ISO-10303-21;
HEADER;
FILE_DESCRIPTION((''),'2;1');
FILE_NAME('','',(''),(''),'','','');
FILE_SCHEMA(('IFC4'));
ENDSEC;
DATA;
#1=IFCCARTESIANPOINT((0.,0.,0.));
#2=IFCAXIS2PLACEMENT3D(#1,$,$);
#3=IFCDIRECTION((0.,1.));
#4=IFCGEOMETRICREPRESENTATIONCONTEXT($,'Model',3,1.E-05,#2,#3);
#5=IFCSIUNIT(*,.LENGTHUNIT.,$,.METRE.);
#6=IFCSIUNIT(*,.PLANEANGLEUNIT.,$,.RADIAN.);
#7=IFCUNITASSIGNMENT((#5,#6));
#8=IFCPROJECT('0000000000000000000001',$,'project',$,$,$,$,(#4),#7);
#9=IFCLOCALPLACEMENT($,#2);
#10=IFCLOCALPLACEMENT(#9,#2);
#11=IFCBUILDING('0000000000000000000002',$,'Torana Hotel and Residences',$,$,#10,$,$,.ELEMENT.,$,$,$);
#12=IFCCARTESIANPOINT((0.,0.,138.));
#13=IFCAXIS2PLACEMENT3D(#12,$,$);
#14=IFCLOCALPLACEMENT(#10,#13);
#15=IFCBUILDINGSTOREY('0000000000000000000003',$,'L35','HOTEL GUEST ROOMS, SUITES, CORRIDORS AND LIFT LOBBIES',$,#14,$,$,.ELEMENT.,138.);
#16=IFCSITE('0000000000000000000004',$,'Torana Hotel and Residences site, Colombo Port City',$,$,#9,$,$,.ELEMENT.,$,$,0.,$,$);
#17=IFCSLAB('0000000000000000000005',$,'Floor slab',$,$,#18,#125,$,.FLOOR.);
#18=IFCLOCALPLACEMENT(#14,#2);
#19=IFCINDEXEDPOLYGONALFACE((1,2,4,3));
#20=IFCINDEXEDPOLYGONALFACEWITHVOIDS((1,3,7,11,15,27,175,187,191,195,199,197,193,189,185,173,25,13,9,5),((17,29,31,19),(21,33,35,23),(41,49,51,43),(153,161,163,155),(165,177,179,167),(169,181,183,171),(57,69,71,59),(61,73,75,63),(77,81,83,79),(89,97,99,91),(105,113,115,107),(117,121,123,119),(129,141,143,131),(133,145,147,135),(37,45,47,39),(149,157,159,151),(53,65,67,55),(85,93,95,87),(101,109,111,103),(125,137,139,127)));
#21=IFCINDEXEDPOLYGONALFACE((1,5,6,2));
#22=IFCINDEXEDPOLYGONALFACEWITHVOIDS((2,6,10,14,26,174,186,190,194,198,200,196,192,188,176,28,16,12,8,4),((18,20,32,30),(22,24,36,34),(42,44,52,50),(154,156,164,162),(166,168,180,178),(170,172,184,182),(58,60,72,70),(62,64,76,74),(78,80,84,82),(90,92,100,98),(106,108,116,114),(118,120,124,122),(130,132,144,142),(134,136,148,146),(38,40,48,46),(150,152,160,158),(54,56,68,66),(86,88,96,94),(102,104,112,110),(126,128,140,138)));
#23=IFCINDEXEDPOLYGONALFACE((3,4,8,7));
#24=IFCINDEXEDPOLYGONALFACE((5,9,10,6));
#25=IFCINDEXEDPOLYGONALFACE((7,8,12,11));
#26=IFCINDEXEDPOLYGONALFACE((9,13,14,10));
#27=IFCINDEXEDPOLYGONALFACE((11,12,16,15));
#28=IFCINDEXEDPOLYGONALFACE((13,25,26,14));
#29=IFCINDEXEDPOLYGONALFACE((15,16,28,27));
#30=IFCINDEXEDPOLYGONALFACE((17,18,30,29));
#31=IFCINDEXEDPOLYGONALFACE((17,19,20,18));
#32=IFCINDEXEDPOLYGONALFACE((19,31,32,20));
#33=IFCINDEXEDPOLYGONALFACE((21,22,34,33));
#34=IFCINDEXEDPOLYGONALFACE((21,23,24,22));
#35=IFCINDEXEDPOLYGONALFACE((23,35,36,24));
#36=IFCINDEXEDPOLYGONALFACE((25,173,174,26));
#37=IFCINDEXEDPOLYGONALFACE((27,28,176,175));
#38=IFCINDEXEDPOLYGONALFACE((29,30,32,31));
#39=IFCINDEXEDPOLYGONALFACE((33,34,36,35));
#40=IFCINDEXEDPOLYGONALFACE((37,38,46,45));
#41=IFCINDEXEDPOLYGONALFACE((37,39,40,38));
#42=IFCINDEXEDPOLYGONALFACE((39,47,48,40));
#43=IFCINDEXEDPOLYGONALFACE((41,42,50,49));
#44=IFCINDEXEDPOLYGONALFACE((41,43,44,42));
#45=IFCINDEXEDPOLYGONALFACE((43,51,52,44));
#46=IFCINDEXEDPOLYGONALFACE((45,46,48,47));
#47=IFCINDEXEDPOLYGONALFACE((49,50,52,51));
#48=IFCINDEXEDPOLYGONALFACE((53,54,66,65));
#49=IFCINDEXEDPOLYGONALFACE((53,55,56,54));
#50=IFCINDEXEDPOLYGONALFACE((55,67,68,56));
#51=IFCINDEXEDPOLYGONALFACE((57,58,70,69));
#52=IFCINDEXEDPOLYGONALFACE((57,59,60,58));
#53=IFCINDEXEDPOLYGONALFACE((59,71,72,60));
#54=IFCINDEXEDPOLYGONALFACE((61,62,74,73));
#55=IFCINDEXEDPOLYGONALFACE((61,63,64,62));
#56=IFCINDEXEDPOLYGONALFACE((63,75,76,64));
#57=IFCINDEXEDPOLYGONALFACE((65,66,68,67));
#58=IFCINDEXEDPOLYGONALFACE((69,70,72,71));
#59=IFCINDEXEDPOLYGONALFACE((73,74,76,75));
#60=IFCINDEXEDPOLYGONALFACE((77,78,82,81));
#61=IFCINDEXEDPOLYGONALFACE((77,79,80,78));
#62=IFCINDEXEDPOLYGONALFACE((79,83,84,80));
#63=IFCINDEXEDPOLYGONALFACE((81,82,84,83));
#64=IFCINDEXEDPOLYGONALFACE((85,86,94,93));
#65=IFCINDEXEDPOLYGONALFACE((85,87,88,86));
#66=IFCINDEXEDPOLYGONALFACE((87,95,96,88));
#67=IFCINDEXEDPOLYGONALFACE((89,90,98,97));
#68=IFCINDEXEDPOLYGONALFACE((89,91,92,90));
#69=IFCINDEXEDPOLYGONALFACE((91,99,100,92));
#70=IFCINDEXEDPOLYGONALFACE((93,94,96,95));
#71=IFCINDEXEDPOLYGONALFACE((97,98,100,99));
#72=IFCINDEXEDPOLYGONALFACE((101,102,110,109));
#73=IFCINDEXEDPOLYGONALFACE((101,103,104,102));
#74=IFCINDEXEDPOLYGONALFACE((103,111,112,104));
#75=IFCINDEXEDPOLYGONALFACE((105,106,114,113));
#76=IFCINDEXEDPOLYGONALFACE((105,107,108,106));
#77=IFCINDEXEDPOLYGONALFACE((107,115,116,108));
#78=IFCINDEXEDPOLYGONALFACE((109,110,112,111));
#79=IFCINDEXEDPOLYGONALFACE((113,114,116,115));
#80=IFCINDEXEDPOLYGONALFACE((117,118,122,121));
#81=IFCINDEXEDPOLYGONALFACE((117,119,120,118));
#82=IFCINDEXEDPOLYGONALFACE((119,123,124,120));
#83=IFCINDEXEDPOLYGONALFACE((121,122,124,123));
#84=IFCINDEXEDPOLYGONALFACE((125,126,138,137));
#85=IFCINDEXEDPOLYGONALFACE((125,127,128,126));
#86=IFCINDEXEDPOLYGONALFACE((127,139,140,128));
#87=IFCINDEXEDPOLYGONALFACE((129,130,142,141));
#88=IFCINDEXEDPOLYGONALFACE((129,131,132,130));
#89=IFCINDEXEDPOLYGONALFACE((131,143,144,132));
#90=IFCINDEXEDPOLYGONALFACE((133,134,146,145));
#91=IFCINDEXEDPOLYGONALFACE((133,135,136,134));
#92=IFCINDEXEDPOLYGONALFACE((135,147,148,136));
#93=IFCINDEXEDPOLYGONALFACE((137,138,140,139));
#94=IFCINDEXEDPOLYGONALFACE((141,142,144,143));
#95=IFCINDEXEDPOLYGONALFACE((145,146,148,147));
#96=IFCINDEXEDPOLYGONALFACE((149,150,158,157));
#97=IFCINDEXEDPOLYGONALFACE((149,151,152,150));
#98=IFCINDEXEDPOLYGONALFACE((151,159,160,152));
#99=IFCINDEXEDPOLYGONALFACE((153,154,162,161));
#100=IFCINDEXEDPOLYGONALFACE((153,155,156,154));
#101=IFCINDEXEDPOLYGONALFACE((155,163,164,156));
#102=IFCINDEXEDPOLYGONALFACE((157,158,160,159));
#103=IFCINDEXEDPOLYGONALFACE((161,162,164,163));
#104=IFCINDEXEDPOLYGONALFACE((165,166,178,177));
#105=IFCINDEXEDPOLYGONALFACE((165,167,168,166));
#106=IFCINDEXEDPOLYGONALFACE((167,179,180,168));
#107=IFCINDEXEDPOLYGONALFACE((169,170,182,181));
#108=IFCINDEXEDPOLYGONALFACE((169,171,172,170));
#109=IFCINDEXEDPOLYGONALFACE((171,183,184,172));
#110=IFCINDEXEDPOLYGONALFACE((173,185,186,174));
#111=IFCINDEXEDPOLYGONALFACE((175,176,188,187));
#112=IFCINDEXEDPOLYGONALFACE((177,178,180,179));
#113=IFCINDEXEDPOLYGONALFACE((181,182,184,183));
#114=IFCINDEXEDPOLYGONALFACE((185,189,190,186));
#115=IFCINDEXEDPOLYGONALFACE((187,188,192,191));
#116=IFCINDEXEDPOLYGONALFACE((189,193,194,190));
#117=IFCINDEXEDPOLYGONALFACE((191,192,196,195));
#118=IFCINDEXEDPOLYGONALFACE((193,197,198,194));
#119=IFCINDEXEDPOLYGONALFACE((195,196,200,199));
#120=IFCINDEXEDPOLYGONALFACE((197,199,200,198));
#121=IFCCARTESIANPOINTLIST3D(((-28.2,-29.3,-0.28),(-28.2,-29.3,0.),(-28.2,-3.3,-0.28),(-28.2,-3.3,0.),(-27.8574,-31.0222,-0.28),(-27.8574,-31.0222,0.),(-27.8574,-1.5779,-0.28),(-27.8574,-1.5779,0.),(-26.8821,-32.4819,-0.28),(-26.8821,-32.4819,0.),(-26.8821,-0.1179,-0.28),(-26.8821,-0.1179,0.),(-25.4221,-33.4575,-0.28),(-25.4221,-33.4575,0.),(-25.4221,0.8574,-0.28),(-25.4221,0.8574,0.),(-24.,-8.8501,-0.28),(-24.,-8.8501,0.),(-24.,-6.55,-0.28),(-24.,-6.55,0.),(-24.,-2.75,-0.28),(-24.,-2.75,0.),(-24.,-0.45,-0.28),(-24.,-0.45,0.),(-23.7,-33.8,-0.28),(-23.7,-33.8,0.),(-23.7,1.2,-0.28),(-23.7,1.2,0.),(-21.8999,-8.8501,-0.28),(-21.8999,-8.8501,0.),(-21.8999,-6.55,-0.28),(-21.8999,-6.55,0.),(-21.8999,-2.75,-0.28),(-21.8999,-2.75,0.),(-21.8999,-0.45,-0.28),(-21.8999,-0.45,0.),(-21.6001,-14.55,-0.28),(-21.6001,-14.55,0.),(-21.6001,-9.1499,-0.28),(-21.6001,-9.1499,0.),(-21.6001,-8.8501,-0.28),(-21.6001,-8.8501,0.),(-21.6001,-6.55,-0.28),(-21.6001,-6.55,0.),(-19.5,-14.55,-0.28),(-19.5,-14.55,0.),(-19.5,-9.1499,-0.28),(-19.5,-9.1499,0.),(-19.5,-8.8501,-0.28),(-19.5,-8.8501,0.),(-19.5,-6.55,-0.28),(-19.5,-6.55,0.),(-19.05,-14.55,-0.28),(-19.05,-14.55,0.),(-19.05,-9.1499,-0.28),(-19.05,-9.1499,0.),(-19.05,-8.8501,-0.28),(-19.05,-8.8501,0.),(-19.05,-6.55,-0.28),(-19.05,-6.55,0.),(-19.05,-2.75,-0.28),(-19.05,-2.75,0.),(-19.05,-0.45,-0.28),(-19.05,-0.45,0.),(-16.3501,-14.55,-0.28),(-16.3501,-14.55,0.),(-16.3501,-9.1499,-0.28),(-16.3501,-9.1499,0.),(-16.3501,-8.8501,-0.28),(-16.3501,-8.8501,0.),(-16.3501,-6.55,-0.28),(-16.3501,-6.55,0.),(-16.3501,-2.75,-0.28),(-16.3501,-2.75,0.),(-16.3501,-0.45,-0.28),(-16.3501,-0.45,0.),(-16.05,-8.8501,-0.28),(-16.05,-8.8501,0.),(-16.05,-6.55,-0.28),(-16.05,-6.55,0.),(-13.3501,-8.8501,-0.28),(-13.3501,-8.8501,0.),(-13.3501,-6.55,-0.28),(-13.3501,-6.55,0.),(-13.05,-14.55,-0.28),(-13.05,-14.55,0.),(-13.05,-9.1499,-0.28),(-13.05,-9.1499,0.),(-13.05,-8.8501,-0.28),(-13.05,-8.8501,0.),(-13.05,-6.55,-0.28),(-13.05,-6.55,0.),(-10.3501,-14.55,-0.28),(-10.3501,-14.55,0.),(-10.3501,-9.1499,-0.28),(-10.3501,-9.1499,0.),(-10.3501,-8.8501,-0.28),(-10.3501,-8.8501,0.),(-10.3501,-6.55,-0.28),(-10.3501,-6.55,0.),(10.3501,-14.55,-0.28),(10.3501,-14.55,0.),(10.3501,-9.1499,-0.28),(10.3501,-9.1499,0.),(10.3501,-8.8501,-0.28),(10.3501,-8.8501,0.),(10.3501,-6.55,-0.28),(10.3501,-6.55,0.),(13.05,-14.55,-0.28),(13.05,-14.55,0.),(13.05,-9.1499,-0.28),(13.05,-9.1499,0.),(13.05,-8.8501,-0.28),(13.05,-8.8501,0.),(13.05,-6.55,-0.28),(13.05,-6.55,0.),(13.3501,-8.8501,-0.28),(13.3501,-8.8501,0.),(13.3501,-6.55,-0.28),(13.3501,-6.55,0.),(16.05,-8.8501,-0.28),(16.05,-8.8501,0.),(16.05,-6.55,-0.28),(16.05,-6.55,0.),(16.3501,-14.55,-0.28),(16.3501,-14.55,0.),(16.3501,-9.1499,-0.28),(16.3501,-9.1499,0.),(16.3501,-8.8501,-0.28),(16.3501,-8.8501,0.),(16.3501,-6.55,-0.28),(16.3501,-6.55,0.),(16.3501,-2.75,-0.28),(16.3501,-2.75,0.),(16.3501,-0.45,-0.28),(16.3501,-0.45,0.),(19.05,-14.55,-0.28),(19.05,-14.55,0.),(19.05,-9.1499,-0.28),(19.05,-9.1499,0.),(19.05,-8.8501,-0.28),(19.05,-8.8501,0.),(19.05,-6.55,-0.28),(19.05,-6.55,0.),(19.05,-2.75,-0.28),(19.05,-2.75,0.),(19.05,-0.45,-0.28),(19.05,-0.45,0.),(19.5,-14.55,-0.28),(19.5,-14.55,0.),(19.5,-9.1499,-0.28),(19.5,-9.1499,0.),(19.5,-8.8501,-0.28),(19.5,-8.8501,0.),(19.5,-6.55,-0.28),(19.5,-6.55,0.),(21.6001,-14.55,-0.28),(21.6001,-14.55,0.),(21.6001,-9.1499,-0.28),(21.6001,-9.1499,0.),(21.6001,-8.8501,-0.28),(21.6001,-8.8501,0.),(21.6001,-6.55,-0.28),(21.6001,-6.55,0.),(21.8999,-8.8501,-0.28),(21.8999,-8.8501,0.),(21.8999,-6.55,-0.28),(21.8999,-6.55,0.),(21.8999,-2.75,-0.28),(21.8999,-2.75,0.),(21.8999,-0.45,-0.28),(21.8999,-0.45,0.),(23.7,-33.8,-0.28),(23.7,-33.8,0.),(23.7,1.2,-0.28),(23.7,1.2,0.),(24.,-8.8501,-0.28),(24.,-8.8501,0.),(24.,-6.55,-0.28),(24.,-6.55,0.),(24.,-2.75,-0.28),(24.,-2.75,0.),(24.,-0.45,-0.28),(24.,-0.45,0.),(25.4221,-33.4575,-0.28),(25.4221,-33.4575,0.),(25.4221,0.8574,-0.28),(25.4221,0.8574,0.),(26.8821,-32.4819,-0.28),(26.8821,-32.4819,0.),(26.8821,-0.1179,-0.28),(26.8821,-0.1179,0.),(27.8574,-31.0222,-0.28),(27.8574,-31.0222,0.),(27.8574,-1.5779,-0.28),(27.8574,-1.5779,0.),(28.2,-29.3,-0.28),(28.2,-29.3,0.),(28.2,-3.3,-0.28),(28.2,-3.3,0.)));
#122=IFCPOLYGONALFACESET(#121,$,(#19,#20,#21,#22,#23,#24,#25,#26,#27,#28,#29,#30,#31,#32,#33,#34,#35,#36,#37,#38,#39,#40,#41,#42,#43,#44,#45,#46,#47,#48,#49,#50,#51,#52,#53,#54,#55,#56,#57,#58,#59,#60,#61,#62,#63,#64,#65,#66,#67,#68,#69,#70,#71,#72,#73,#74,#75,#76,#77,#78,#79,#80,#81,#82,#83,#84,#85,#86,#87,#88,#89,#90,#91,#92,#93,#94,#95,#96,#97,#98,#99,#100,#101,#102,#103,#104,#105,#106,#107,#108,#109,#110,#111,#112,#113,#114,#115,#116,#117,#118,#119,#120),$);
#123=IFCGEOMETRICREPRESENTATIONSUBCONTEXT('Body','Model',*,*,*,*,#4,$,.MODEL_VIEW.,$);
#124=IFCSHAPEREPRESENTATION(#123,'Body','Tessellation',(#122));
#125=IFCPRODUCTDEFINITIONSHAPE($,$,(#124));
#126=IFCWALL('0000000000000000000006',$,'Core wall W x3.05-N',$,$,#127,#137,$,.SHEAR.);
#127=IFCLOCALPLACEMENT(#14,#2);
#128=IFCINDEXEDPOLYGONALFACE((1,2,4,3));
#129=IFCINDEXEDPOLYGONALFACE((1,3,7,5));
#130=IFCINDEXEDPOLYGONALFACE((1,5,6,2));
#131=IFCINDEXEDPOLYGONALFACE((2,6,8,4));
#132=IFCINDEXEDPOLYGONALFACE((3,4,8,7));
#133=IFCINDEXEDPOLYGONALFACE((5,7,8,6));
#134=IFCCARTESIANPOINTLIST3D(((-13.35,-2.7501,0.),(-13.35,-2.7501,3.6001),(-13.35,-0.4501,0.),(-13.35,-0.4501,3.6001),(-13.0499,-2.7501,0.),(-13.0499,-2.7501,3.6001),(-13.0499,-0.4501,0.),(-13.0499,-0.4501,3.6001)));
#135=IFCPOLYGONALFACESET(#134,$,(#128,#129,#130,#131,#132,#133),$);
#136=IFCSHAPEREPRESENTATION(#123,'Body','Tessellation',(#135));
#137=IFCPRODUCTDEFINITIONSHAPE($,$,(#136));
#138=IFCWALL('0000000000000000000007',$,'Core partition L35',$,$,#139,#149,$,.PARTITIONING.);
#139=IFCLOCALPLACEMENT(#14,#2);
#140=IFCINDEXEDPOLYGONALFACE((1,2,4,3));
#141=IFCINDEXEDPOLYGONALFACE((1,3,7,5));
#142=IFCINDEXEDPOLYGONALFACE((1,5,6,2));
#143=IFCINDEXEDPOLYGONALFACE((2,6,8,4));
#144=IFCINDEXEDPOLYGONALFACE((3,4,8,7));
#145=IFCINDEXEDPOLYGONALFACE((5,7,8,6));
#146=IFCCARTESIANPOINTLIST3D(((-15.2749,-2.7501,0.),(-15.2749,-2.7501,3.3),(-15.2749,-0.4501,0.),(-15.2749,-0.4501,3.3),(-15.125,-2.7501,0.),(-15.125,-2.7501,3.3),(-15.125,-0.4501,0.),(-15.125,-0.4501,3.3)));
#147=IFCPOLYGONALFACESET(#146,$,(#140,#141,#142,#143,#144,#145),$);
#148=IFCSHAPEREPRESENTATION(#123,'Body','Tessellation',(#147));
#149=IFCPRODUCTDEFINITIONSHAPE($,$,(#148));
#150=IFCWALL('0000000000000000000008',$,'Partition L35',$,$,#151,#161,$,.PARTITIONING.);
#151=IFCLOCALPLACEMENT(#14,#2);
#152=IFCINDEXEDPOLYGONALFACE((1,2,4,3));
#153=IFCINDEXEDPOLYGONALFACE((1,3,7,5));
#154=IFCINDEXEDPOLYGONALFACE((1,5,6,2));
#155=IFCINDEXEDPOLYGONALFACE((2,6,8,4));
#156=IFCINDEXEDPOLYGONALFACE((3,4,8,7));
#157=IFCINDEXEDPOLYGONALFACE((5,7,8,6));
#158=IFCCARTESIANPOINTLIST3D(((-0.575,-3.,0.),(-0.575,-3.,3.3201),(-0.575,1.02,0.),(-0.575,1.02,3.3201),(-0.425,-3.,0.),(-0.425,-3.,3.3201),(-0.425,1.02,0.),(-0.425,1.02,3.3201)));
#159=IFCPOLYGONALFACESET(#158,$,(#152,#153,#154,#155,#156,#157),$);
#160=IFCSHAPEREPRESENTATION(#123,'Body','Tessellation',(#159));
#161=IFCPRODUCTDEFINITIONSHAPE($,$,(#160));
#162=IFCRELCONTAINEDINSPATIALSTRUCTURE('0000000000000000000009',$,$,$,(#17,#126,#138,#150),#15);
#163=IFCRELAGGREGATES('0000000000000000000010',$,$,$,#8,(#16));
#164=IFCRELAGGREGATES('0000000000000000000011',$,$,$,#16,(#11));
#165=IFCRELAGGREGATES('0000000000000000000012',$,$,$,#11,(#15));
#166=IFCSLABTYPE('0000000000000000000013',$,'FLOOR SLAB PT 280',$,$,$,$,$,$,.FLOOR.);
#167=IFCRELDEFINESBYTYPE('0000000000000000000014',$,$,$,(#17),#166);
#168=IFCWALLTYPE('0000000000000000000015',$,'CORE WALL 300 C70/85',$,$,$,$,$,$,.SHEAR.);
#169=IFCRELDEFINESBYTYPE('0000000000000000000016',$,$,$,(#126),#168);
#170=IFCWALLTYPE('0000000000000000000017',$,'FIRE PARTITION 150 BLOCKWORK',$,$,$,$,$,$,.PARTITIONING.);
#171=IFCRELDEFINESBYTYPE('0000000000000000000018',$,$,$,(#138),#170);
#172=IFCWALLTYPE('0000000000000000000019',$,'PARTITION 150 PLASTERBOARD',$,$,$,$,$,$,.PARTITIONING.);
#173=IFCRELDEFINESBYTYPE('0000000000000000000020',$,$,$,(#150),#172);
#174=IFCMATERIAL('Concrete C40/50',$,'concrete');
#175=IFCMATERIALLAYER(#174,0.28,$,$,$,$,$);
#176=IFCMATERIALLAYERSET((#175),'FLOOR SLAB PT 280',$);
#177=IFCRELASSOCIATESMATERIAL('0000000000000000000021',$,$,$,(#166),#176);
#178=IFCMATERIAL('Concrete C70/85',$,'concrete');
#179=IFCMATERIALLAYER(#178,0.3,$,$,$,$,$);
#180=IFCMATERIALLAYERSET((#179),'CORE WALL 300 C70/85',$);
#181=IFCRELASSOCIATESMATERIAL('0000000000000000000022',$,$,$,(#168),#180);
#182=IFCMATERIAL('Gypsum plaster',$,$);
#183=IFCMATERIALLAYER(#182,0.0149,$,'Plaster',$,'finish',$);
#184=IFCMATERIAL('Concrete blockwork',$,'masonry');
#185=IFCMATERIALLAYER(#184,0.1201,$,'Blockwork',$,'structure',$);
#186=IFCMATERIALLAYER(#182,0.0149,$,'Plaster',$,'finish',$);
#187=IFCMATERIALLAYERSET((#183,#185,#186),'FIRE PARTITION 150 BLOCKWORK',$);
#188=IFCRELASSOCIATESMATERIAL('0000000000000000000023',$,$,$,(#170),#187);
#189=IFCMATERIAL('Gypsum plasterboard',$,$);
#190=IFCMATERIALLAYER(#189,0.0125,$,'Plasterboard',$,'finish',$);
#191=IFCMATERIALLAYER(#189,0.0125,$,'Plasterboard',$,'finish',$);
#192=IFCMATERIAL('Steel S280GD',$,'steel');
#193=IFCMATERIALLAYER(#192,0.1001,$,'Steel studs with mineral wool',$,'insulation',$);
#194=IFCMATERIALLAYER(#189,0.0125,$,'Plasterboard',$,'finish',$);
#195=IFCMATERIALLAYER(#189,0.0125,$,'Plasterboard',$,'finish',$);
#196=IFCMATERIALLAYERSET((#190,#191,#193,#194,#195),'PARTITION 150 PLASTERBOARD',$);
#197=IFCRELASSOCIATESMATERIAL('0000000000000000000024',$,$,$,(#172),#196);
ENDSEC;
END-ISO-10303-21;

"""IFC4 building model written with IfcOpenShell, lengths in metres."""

from ifc_helpers import new_model, si_unit, direction, frame, frame_2d, origin, place, context, subcontext, project, spatial, polyline, rectangle, outline, extrude, material, layer, layer_set, type_object, element, save


model = new_model("IFC4")

# Units and contexts
model_context = context("Model", 3, precision=1e-05, world=origin(), true_north=direction((0.0, 1.0)))
body_context = subcontext(model_context, "Body", "Model", "MODEL_VIEW")
ifc_project = project(units=[si_unit("LENGTHUNIT", "METRE"), si_unit("PLANEANGLEUNIT", "RADIAN")], contexts=[model_context])

# Site, building, storey
site_placement = place(None, origin())
site = spatial("IfcSite", under=ifc_project, at=site_placement, Name="Torana Hotel and Residences site, Colombo Port City", CompositionType="ELEMENT", RefElevation=0.0)
building_placement = place(site_placement, origin())
building = spatial("IfcBuilding", under=site, at=building_placement, Name="Torana Hotel and Residences", CompositionType="ELEMENT")
storey_placement = place(building_placement, frame((0.0, 0.0, 138.0)))
storey = spatial("IfcBuildingStorey", under=building, at=storey_placement, Name="L35", Description="HOTEL GUEST ROOMS, SUITES, CORRIDORS AND LIFT LOBBIES", CompositionType="ELEMENT", Elevation=138.0)

# Slab
ifc_material_1 = material(Name="Concrete C40/50", Category="concrete")
ifc_layer_1 = layer(ifc_material_1, 0.28)
ifc_layer_set_1 = layer_set([ifc_layer_1], Name="FLOOR SLAB PT 280")
slab_type_1 = type_object("IfcSlabType", Name="FLOOR SLAB PT 280", PredefinedType="FLOOR", material=ifc_layer_set_1)
slab_1_placement = place(storey_placement, frame((0.0, 0.0, -0.28)))
element("IfcSlab", 1, at=slab_1_placement, inside=storey, type_object=slab_type_1, Name="Floor slab", PredefinedType="FLOOR", context=body_context, shape_type="SweptSolid", body=[
    extrude(outline(polyline([(28.2, -3.3), (27.8574, -1.5779), (26.8821, -0.1179), (25.4221, 0.8574), (23.7, 1.2), (-23.7, 1.2), (-25.4221, 0.8574), (-26.8821, -0.1179), (-27.8574, -1.5779), (-28.2, -3.3), (-28.2, -29.3), (-27.8574, -31.0222), (-26.8821, -32.4819), (-25.4221, -33.4575), (-23.7, -33.8), (23.7, -33.8), (25.4221, -33.4575), (26.8821, -32.4819), (27.8574, -31.0222), (28.2, -29.3), (28.2, -3.3)]), holes=[polyline([(-13.05, -14.55), (-10.3501, -14.55), (-10.3501, -9.1499), (-13.05, -9.1499), (-13.05, -14.55)]), polyline([(-19.05, -14.55), (-16.3501, -14.55), (-16.3501, -9.1499), (-19.05, -9.1499), (-19.05, -14.55)]), polyline([(-19.05, -2.75), (-16.3501, -2.75), (-16.3501, -0.45), (-19.05, -0.45), (-19.05, -2.75)]), polyline([(-21.6001, -8.8501), (-19.5, -8.8501), (-19.5, -6.55), (-21.6001, -6.55), (-21.6001, -8.8501)]), polyline([(-24.0, -2.75), (-21.8999, -2.75), (-21.8999, -0.45), (-24.0, -0.45), (-24.0, -2.75)]), polyline([(-24.0, -8.8501), (-21.8999, -8.8501), (-21.8999, -6.55), (-24.0, -6.55), (-24.0, -8.8501)]), polyline([(-13.05, -8.8501), (-10.3501, -8.8501), (-10.3501, -6.55), (-13.05, -6.55), (-13.05, -8.8501)]), polyline([(-16.05, -8.8501), (-13.3501, -8.8501), (-13.3501, -6.55), (-16.05, -6.55), (-16.05, -8.8501)]), polyline([(-19.05, -8.8501), (-16.3501, -8.8501), (-16.3501, -6.55), (-19.05, -6.55), (-19.05, -8.8501)]), polyline([(-21.6001, -14.55), (-19.5, -14.55), (-19.5, -9.1499), (-21.6001, -9.1499), (-21.6001, -14.55)]), polyline([(10.3501, -14.55), (13.05, -14.55), (13.05, -9.1499), (10.3501, -9.1499), (10.3501, -14.55)]), polyline([(16.3501, -14.55), (19.05, -14.55), (19.05, -9.1499), (16.3501, -9.1499), (16.3501, -14.55)]), polyline([(16.3501, -2.75), (19.05, -2.75), (19.05, -0.45), (16.3501, -0.45), (16.3501, -2.75)]), polyline([(19.5, -8.8501), (21.6001, -8.8501), (21.6001, -6.55), (19.5, -6.55), (19.5, -8.8501)]), polyline([(21.8999, -2.75), (24.0, -2.75), (24.0, -0.45), (21.8999, -0.45), (21.8999, -2.75)]), polyline([(21.8999, -8.8501), (24.0, -8.8501), (24.0, -6.55), (21.8999, -6.55), (21.8999, -8.8501)]), polyline([(10.3501, -8.8501), (13.05, -8.8501), (13.05, -6.55), (10.3501, -6.55), (10.3501, -8.8501)]), polyline([(13.3501, -8.8501), (16.05, -8.8501), (16.05, -6.55), (13.3501, -6.55), (13.3501, -8.8501)]), polyline([(16.3501, -8.8501), (19.05, -8.8501), (19.05, -6.55), (16.3501, -6.55), (16.3501, -8.8501)]), polyline([(19.5, -14.55), (21.6001, -14.55), (21.6001, -9.1499), (19.5, -9.1499), (19.5, -14.55)])]), origin(), (0.0, 0.0, 1.0), 0.28),
])

# Walls
ifc_material_2 = material(Name="Concrete C70/85", Category="concrete")
ifc_layer_2 = layer(ifc_material_2, 0.3)
ifc_layer_set_2 = layer_set([ifc_layer_2], Name="CORE WALL 300 C70/85")
wall_type_1 = type_object("IfcWallType", Name="CORE WALL 300 C70/85", PredefinedType="SHEAR", material=ifc_layer_set_2)
wall_1_placement = place(storey_placement, frame((-13.2, -2.75, 0.0), z_axis=(0.0, 0.0, 1.0), x_axis=(0.0, 1.0, 0.0)))
element("IfcWall", 2, at=wall_1_placement, inside=storey, type_object=wall_type_1, Name="Core wall W x3.05-N", PredefinedType="SHEAR", context=body_context, shape_type="SweptSolid", body=[
    extrude(rectangle(XDim=2.3, YDim=0.3, at=frame_2d((1.1499, 0.0))), origin(), (0.0, 0.0, 1.0), 3.6001),
])
ifc_material_3 = material(Name="Gypsum plaster")
ifc_layer_3 = layer(ifc_material_3, 0.0149, Name="Plaster", Category="finish")
ifc_material_4 = material(Name="Concrete blockwork", Category="masonry")
ifc_layer_4 = layer(ifc_material_4, 0.1201, Name="Blockwork", Category="structure")
ifc_layer_5 = layer(ifc_material_3, 0.0149, Name="Plaster", Category="finish")
ifc_layer_set_3 = layer_set([ifc_layer_3, ifc_layer_4, ifc_layer_5], Name="FIRE PARTITION 150 BLOCKWORK")
wall_type_2 = type_object("IfcWallType", Name="FIRE PARTITION 150 BLOCKWORK", PredefinedType="PARTITIONING", material=ifc_layer_set_3)
wall_2_placement = place(storey_placement, frame((-15.2, -2.75, 0.0), z_axis=(0.0, 0.0, 1.0), x_axis=(0.0, 1.0, 0.0)))
element("IfcWall", 3, at=wall_2_placement, inside=storey, type_object=wall_type_2, Name="Core partition L35", PredefinedType="PARTITIONING", context=body_context, shape_type="SweptSolid", body=[
    extrude(rectangle(XDim=2.3, YDim=0.1499, at=frame_2d((1.1499, 0.0))), origin(), (0.0, 0.0, 1.0), 3.3),
])
ifc_material_5 = material(Name="Gypsum plasterboard")
ifc_layer_6 = layer(ifc_material_5, 0.0125, Name="Plasterboard", Category="finish")
ifc_layer_7 = layer(ifc_material_5, 0.0125, Name="Plasterboard", Category="finish")
ifc_material_6 = material(Name="Steel S280GD", Category="steel")
ifc_layer_8 = layer(ifc_material_6, 0.1001, Name="Steel studs with mineral wool", Category="insulation")
ifc_layer_9 = layer(ifc_material_5, 0.0125, Name="Plasterboard", Category="finish")
ifc_layer_10 = layer(ifc_material_5, 0.0125, Name="Plasterboard", Category="finish")
ifc_layer_set_4 = layer_set([ifc_layer_6, ifc_layer_7, ifc_layer_8, ifc_layer_9, ifc_layer_10], Name="PARTITION 150 PLASTERBOARD")
wall_type_3 = type_object("IfcWallType", Name="PARTITION 150 PLASTERBOARD", PredefinedType="PARTITIONING", material=ifc_layer_set_4)
wall_3_placement = place(storey_placement, frame((-0.5, -3.0, 0.0), z_axis=(0.0, 0.0, 1.0), x_axis=(0.0, 1.0, 0.0)))
element("IfcWall", 4, at=wall_3_placement, inside=storey, type_object=wall_type_3, Name="Partition L35", PredefinedType="PARTITIONING", context=body_context, shape_type="SweptSolid", body=[
    extrude(rectangle(XDim=4.02, YDim=0.1499, at=frame_2d((2.01, 0.0))), origin(), (0.0, 0.0, 1.0), 3.3201),
])

save(model, "model.ifc")
